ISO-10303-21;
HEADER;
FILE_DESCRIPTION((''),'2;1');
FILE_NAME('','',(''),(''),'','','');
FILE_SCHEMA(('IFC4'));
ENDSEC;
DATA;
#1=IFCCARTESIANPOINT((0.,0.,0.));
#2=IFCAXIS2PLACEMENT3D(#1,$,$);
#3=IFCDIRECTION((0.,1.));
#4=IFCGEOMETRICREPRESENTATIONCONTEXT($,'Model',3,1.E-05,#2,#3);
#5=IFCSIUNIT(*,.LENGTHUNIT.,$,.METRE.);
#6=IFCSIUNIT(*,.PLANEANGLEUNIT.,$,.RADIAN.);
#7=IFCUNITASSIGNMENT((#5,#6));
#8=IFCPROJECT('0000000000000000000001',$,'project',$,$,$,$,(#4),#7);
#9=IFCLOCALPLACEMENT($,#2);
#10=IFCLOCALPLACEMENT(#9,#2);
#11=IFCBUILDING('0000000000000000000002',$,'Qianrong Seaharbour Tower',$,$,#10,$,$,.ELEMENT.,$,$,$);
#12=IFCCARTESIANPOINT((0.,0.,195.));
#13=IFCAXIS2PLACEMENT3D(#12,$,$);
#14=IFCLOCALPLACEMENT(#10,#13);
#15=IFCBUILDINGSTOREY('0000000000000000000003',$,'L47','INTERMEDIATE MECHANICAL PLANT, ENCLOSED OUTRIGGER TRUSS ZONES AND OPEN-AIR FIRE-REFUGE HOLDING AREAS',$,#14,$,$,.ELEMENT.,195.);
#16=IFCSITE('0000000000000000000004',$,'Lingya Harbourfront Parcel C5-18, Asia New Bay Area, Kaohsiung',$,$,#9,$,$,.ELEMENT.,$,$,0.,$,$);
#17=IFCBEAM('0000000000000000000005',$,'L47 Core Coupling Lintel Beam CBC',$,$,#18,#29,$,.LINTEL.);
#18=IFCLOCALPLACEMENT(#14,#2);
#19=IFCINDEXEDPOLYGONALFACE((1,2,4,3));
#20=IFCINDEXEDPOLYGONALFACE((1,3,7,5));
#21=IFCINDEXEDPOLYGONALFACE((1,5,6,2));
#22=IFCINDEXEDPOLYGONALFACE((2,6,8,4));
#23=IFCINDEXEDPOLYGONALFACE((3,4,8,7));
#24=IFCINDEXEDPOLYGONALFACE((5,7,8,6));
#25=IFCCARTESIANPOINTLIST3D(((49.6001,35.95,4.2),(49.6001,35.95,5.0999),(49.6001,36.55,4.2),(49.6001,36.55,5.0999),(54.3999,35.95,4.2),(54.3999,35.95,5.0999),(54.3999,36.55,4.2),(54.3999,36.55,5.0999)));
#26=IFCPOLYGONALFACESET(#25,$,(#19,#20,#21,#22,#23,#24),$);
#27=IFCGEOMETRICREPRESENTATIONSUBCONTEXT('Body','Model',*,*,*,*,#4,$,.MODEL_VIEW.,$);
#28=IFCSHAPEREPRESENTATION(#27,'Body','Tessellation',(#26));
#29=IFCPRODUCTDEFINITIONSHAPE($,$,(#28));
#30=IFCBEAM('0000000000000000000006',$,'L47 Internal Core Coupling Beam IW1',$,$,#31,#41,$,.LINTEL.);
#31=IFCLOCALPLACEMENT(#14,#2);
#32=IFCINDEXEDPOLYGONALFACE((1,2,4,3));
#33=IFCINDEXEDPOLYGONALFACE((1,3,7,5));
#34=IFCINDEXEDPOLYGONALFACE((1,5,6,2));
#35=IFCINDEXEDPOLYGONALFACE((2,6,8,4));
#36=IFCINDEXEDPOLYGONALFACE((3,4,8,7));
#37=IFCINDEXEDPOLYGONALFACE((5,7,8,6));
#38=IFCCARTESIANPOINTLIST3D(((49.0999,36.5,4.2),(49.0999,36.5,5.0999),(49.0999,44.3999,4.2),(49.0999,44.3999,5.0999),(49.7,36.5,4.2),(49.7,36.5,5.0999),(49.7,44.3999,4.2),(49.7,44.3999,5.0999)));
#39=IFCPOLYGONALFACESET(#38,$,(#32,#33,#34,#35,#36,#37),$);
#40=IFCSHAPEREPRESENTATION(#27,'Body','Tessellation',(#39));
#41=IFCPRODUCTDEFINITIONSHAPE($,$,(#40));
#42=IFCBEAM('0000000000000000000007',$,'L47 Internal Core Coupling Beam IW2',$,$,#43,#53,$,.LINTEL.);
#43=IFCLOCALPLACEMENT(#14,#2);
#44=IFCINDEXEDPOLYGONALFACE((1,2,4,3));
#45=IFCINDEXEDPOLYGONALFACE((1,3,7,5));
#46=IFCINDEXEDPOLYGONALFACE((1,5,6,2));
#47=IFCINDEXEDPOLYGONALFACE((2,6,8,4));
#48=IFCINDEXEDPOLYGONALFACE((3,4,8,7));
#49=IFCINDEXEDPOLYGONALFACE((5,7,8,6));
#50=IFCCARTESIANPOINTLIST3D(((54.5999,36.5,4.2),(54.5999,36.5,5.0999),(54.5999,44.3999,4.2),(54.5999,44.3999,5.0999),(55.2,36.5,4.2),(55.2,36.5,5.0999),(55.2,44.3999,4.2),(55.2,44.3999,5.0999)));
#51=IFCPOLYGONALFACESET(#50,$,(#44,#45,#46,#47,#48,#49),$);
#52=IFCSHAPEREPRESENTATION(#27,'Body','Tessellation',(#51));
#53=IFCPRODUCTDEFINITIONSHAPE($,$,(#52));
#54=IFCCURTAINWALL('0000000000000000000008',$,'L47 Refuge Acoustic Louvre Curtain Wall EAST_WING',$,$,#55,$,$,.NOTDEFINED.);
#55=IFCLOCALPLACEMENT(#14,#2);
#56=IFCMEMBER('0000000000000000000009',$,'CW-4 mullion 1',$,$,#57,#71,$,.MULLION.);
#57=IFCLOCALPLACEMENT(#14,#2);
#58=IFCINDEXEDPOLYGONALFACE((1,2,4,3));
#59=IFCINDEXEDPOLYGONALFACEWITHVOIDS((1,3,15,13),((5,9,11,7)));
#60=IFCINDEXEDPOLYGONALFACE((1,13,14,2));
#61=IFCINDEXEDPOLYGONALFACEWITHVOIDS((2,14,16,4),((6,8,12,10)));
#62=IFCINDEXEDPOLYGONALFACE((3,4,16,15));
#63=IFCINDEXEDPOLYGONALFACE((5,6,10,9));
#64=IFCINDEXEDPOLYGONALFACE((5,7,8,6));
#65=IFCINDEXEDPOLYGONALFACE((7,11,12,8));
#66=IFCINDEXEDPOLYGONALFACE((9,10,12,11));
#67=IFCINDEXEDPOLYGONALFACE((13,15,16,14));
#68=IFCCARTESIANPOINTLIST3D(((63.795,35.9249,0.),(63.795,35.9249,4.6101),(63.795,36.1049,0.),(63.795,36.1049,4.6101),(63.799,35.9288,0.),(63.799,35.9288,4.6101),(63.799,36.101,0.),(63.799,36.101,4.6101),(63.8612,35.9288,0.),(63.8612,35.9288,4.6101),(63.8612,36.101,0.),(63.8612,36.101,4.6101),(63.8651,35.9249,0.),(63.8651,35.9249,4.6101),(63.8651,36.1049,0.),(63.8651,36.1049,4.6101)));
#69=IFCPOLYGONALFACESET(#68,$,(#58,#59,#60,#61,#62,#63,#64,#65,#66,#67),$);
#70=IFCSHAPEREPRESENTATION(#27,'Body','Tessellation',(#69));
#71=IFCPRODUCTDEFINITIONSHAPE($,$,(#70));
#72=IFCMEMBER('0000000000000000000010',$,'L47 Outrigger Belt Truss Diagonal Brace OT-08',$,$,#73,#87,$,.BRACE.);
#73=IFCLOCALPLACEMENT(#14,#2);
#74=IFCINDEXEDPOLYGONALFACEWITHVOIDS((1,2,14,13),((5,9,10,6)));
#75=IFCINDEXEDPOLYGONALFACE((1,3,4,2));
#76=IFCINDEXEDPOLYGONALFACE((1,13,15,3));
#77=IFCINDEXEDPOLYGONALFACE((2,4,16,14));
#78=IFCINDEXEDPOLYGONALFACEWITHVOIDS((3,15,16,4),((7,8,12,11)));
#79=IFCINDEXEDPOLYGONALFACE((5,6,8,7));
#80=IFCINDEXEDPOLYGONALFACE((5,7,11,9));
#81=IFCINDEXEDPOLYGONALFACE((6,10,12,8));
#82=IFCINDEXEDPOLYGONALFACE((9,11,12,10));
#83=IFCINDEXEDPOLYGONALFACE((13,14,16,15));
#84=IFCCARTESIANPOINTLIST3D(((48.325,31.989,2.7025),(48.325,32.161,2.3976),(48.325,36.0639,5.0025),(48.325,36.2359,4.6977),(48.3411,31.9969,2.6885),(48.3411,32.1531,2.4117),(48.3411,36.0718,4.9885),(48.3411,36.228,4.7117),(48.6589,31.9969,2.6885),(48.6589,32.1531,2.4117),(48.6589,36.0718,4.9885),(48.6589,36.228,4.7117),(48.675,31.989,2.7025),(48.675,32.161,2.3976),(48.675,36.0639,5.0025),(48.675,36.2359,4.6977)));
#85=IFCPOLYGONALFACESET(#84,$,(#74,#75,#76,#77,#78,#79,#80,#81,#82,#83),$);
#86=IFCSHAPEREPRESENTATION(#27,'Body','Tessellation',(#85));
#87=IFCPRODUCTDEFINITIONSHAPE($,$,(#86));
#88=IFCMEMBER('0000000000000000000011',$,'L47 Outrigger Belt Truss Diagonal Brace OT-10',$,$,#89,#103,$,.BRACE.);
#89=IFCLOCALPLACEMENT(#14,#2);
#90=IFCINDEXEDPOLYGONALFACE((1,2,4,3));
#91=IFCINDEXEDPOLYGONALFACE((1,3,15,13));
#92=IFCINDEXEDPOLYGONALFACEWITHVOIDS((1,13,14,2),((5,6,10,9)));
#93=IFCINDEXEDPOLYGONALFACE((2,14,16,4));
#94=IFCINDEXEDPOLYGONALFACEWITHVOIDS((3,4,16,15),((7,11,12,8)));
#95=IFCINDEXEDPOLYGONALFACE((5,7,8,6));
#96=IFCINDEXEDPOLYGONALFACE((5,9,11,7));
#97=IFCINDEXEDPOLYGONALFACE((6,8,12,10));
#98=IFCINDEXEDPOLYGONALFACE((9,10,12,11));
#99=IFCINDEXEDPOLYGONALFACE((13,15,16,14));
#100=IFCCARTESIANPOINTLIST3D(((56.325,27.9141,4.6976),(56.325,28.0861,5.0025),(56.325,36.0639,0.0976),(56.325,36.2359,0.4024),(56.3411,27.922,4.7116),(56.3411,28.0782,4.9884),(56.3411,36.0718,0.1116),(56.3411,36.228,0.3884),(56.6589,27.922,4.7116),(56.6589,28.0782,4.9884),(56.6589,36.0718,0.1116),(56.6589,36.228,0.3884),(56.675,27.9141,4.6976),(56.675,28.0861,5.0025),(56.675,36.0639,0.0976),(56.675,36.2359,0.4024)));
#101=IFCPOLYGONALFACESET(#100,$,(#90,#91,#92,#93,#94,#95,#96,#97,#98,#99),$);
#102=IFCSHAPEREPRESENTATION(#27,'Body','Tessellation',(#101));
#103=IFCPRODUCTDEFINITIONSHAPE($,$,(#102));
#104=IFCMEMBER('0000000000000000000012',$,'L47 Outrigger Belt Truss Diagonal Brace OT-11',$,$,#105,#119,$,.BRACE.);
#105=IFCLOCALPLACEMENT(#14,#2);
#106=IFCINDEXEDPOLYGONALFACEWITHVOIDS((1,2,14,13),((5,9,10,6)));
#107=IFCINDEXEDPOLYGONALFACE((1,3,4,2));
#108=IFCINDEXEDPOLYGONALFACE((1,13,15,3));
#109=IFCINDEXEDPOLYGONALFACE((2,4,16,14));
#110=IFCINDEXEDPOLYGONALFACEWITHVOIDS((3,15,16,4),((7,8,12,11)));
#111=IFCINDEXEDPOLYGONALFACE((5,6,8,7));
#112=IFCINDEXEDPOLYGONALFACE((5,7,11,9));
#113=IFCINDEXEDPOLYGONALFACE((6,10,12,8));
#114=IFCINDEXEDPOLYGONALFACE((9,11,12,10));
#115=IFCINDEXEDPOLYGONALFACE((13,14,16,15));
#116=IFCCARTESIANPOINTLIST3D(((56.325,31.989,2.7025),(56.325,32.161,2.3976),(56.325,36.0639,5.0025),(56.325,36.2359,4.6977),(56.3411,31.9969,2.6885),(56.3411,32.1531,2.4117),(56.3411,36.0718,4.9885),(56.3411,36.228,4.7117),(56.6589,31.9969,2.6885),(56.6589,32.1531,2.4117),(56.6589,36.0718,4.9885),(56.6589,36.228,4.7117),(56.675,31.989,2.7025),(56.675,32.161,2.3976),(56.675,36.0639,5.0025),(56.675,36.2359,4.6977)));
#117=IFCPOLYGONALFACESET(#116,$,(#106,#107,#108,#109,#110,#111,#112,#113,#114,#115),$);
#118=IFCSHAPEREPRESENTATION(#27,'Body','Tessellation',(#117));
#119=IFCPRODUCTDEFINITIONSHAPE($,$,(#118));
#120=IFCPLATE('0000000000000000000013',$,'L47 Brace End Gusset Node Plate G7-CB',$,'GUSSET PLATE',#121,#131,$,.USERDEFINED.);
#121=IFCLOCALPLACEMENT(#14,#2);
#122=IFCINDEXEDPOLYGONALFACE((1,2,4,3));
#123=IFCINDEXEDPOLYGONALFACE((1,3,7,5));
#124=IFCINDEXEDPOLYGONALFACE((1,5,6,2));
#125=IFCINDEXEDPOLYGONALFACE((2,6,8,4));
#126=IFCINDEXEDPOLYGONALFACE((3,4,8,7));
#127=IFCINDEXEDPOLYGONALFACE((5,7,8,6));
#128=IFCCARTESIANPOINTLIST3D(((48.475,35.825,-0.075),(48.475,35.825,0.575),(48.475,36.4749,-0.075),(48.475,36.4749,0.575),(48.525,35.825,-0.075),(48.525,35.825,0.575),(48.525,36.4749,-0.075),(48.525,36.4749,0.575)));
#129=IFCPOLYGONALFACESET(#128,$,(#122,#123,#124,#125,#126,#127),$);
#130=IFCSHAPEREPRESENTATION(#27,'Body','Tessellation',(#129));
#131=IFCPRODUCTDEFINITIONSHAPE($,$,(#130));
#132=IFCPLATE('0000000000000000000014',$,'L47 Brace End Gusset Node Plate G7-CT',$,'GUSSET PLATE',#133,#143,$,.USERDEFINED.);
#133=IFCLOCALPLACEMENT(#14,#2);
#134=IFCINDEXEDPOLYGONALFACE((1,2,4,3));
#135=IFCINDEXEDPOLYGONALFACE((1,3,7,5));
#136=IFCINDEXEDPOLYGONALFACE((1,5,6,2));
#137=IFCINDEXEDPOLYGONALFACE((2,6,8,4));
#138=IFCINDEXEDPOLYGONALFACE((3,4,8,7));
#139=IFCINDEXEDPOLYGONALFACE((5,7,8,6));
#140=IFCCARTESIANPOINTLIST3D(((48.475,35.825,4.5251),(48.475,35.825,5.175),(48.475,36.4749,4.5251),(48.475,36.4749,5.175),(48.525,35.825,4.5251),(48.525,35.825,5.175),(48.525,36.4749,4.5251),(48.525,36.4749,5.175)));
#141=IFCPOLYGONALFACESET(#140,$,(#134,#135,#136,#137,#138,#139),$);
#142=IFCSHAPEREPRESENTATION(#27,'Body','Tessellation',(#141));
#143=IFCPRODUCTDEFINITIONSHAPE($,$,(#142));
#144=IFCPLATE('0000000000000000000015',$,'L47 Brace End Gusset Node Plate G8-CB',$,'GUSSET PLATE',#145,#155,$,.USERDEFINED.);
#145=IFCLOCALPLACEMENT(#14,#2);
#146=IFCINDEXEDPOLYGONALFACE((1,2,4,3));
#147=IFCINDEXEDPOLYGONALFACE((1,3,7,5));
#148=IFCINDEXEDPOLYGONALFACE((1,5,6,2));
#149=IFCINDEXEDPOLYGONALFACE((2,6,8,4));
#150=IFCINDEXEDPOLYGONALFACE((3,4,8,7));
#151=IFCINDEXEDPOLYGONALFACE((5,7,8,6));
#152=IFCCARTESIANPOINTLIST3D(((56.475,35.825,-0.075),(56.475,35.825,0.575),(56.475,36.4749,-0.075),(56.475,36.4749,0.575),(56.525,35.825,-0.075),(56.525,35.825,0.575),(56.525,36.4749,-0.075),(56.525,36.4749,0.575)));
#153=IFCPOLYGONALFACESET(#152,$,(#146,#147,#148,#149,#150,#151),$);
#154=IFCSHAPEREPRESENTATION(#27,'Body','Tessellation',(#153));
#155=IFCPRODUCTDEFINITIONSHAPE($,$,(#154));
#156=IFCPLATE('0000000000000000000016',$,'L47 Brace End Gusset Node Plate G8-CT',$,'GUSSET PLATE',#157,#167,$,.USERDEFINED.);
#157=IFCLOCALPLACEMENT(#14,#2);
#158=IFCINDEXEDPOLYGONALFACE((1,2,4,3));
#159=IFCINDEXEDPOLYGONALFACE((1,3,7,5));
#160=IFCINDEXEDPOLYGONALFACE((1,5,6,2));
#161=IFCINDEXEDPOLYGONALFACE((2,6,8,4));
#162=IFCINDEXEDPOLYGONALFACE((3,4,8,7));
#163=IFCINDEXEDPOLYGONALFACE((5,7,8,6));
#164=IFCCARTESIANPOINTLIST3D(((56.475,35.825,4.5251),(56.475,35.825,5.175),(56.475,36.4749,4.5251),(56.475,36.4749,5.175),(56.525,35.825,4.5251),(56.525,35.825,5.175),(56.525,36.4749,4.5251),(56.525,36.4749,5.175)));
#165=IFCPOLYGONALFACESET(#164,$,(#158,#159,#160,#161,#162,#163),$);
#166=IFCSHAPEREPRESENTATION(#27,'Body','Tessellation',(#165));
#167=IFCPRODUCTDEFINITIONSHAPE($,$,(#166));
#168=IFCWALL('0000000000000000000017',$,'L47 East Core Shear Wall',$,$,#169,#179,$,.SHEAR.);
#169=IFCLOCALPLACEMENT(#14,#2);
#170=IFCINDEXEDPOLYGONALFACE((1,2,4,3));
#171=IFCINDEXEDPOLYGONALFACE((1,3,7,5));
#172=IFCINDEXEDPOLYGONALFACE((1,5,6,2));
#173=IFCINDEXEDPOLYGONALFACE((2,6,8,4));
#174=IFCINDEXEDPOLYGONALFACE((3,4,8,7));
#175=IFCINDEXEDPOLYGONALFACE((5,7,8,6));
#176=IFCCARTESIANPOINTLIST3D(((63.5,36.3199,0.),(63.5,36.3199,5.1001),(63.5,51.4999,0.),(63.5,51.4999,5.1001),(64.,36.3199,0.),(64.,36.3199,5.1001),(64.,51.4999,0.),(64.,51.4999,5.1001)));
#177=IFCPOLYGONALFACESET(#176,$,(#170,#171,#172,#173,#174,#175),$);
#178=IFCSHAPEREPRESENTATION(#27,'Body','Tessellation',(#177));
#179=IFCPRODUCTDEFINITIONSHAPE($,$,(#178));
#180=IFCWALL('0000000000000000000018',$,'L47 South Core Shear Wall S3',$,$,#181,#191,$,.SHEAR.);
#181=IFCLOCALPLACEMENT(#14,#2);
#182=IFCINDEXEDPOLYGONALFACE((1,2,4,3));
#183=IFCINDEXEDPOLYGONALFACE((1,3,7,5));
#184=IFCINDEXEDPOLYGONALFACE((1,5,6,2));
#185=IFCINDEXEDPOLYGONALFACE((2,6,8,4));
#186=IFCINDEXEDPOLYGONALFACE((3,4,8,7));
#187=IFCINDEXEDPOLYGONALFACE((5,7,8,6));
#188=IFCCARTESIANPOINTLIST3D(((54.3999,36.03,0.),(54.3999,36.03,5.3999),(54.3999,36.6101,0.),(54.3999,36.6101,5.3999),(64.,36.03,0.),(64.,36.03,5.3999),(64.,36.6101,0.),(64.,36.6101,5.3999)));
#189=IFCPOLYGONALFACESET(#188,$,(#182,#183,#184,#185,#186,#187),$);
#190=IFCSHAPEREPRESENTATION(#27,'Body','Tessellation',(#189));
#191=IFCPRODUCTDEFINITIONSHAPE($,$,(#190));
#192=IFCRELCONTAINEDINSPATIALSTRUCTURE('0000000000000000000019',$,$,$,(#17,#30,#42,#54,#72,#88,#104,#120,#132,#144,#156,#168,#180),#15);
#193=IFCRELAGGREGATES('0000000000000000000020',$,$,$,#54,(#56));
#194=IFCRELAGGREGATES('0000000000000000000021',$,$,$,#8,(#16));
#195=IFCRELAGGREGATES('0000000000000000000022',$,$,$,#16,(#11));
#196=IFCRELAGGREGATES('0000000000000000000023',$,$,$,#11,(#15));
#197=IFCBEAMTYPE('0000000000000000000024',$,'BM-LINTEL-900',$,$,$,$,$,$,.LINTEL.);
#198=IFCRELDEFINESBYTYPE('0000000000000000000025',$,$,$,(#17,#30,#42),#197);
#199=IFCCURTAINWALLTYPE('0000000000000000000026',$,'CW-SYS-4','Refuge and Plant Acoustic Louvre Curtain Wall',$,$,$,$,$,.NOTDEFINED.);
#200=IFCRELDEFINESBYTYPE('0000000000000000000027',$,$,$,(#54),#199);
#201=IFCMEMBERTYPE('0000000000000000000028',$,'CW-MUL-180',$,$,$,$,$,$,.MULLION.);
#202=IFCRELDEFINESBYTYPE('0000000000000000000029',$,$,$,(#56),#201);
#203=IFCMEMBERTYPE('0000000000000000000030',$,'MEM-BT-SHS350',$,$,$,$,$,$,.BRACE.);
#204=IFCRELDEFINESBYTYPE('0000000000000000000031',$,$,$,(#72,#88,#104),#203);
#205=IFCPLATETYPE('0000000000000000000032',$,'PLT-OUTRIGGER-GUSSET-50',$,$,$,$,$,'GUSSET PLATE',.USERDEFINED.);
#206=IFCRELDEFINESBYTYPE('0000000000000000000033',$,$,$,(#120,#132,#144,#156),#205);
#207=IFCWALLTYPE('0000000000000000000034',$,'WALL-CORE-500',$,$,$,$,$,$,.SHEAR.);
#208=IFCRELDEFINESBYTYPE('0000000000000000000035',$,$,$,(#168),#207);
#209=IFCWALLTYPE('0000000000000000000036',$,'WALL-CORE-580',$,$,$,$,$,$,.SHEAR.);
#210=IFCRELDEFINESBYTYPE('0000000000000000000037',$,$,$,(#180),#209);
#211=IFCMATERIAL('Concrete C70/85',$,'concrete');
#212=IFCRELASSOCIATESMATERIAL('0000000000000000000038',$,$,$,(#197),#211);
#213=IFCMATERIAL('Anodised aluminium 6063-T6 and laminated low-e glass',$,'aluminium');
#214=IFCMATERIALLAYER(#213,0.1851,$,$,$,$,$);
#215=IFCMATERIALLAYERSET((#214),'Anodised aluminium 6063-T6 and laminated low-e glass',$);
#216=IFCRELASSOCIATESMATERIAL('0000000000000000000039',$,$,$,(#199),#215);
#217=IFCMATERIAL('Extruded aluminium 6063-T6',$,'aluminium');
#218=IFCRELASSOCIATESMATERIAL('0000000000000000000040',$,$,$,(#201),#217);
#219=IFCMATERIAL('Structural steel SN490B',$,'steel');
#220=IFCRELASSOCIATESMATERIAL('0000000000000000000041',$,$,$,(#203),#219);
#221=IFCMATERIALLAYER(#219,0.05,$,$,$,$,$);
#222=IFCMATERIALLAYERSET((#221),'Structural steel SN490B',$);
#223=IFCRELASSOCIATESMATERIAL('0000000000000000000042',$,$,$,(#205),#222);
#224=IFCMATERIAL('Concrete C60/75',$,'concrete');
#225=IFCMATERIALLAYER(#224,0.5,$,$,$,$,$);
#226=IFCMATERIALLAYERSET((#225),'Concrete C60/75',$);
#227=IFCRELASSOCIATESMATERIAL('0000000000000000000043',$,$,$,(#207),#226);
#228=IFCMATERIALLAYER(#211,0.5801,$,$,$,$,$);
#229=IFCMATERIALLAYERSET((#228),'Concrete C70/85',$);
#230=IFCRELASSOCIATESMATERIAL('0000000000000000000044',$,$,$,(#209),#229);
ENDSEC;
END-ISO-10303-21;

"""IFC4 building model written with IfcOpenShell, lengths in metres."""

from ifc_helpers import new_model, si_unit, direction, frame, frame_2d, origin, origin_2d, place, context, subcontext, project, spatial, rectangle, hollow_rectangle, extrude, material, layer, layer_set, material_profile, profile_set, type_object, element, aggregate, save


model = new_model("IFC4")

# Units and contexts
model_context = context("Model", 3, precision=1e-05, world=origin(), true_north=direction((0.0, 1.0)))
body_context = subcontext(model_context, "Body", "Model", "MODEL_VIEW")
ifc_project = project(units=[si_unit("LENGTHUNIT", "METRE"), si_unit("PLANEANGLEUNIT", "RADIAN")], contexts=[model_context])

# Site, building, storey
site_placement = place(None, origin())
site = spatial("IfcSite", under=ifc_project, at=site_placement, Name="Lingya Harbourfront Parcel C5-18, Asia New Bay Area, Kaohsiung", CompositionType="ELEMENT", RefElevation=0.0)
building_placement = place(site_placement, origin())
building = spatial("IfcBuilding", under=site, at=building_placement, Name="Qianrong Seaharbour Tower", CompositionType="ELEMENT")
storey_placement = place(building_placement, frame((0.0, 0.0, 195.0)))
storey = spatial("IfcBuildingStorey", under=building, at=storey_placement, Name="L47", Description="INTERMEDIATE MECHANICAL PLANT, ENCLOSED OUTRIGGER TRUSS ZONES AND OPEN-AIR FIRE-REFUGE HOLDING AREAS", CompositionType="ELEMENT", Elevation=195.0)

# Beams
ifc_material_1 = material(Name="Concrete C70/85", Category="concrete")
ifc_material_profile_1 = material_profile(ifc_material_1, rectangle(XDim=0.6001, YDim=0.8999, at=origin_2d()), Name="RC600x900")
ifc_profile_set_1 = profile_set([ifc_material_profile_1], Name="Concrete C70/85")
beam_type = type_object("IfcBeamType", Name="BM-LINTEL-900", PredefinedType="LINTEL", material=ifc_profile_set_1)
beam_placement = place(storey_placement, frame((49.6001, 36.25, 4.6499), z_axis=(1.0, 0.0, 0.0), x_axis=(0.0, 1.0, 0.0)))
element("IfcBeam", 1, at=beam_placement, inside=storey, type_object=beam_type, Name="L47 Core Coupling Lintel Beam CBC", PredefinedType="LINTEL", context=body_context, shape_type="SweptSolid", body=[
    extrude(rectangle(XDim=0.6001, YDim=0.8999, at=origin_2d()), origin(), (0.0, 0.0, 1.0), 4.7998),
])
for number, where, z_axis, x_axis, name in (
    (2, (49.3999, 36.5, 4.6499), (0.0, 1.0, 0.0), (-1.0, 0.0, 0.0), "L47 Internal Core Coupling Beam IW1"),
    (3, (54.8999, 36.5, 4.6499), (0.0, 1.0, 0.0), (-1.0, 0.0, 0.0), "L47 Internal Core Coupling Beam IW2"),
):
    element("IfcBeam", number, at=place(storey_placement, frame(where, z_axis=z_axis, x_axis=x_axis)), inside=storey, type_object=beam_type, Name=name, PredefinedType="LINTEL", context=body_context, shape_type="SweptSolid", body=[
        extrude(rectangle(XDim=0.6001, YDim=0.8999, at=origin_2d()), origin(), (0.0, 0.0, 1.0), 7.8999),
    ])

# Curtain wall, member
ifc_material_2 = material(Name="Anodised aluminium 6063-T6 and laminated low-e glass", Category="aluminium")
ifc_layer_1 = layer(ifc_material_2, 0.1851)
ifc_layer_set_1 = layer_set([ifc_layer_1], Name="Anodised aluminium 6063-T6 and laminated low-e glass")
curtain_wall_type = type_object("IfcCurtainWallType", Name="CW-SYS-4", Description="Refuge and Plant Acoustic Louvre Curtain Wall", PredefinedType="NOTDEFINED", material=ifc_layer_set_1)
curtain_wall_placement = place(storey_placement, origin())
curtain_wall = element("IfcCurtainWall", 4, at=curtain_wall_placement, inside=storey, type_object=curtain_wall_type, Name="L47 Refuge Acoustic Louvre Curtain Wall EAST_WING", PredefinedType="NOTDEFINED")
ifc_material_3 = material(Name="Extruded aluminium 6063-T6", Category="aluminium")
ifc_material_profile_2 = material_profile(ifc_material_3, hollow_rectangle(XDim=0.0701, YDim=0.1799, WallThickness=0.0039, at=origin_2d()), Name="ALU-MUL-180x70x4")
ifc_profile_set_2 = profile_set([ifc_material_profile_2], Name="Extruded aluminium 6063-T6")
member_type_1 = type_object("IfcMemberType", Name="CW-MUL-180", PredefinedType="MULLION", material=ifc_profile_set_2)
member_1_placement = place(storey_placement, frame((63.8301, 36.0149, 0.0), z_axis=(0.0, 0.0, 1.0), x_axis=(1.0, 0.0, 0.0)))
member_1 = element("IfcMember", 5, at=member_1_placement, type_object=member_type_1, Name="CW-4 mullion 1", PredefinedType="MULLION", context=body_context, shape_type="SweptSolid", body=[
    extrude(hollow_rectangle(XDim=0.0701, YDim=0.1799, WallThickness=0.0039, at=origin_2d()), origin(), (0.0, 0.0, 1.0), 4.6101),
])
aggregate(curtain_wall, [member_1])

# Members
ifc_material_4 = material(Name="Structural steel SN490B", Category="steel")
ifc_material_profile_3 = material_profile(ifc_material_4, hollow_rectangle(XDim=0.3501, YDim=0.3501, WallThickness=0.0161, at=origin_2d()), Name="SHS350x350x16")
ifc_profile_set_3 = profile_set([ifc_material_profile_3], Name="Structural steel SN490B")
member_type_2 = type_object("IfcMemberType", Name="MEM-BT-SHS350", PredefinedType="BRACE", material=ifc_profile_set_3)
member_2_placement = place(storey_placement, frame((48.5, 36.1499, 4.8501), z_axis=(0.0, -0.870854, -0.491541), x_axis=(1.0, 0.0, 0.0)))
element("IfcMember", 6, at=member_2_placement, inside=storey, type_object=member_type_2, Name="L47 Outrigger Belt Truss Diagonal Brace OT-08", PredefinedType="BRACE", context=body_context, shape_type="SweptSolid", body=[
    extrude(hollow_rectangle(XDim=0.3501, YDim=0.3501, WallThickness=0.0161, at=origin_2d()), origin(), (0.0, 0.0, 1.0), 4.6792),
])
member_3_placement = place(storey_placement, frame((56.5, 36.1499, 0.25), z_axis=(0.0, -0.870854, 0.491541), x_axis=(1.0, 0.0, 0.0)))
element("IfcMember", 7, at=member_3_placement, inside=storey, type_object=member_type_2, Name="L47 Outrigger Belt Truss Diagonal Brace OT-10", PredefinedType="BRACE", context=body_context, shape_type="SweptSolid", body=[
    extrude(hollow_rectangle(XDim=0.3501, YDim=0.3501, WallThickness=0.0161, at=origin_2d()), origin(), (0.0, 0.0, 1.0), 9.3584),
])
member_4_placement = place(storey_placement, frame((56.5, 36.1499, 4.8501), z_axis=(0.0, -0.870854, -0.491541), x_axis=(1.0, 0.0, 0.0)))
element("IfcMember", 8, at=member_4_placement, inside=storey, type_object=member_type_2, Name="L47 Outrigger Belt Truss Diagonal Brace OT-11", PredefinedType="BRACE", context=body_context, shape_type="SweptSolid", body=[
    extrude(hollow_rectangle(XDim=0.3501, YDim=0.3501, WallThickness=0.0161, at=origin_2d()), origin(), (0.0, 0.0, 1.0), 4.6792),
])

# Plates
ifc_layer_2 = layer(ifc_material_4, 0.05)
ifc_layer_set_2 = layer_set([ifc_layer_2], Name="Structural steel SN490B")
plate_type = type_object("IfcPlateType", Name="PLT-OUTRIGGER-GUSSET-50", ElementType="GUSSET PLATE", PredefinedType="USERDEFINED", material=ifc_layer_set_2)
for number, where, z_axis, x_axis, name in (
    (9, (48.5, 36.1499, -0.075), (0.0, 0.0, 1.0), (1.0, 0.0, 0.0), "L47 Brace End Gusset Node Plate G7-CB"),
    (10, (48.5, 36.1499, 4.5251), (0.0, 0.0, 1.0), (1.0, 0.0, 0.0), "L47 Brace End Gusset Node Plate G7-CT"),
    (11, (56.5, 36.1499, -0.075), (0.0, 0.0, 1.0), (1.0, 0.0, 0.0), "L47 Brace End Gusset Node Plate G8-CB"),
    (12, (56.5, 36.1499, 4.5251), (0.0, 0.0, 1.0), (1.0, 0.0, 0.0), "L47 Brace End Gusset Node Plate G8-CT"),
):
    element("IfcPlate", number, at=place(storey_placement, frame(where, z_axis=z_axis, x_axis=x_axis)), inside=storey, type_object=plate_type, Name=name, ObjectType="GUSSET PLATE", PredefinedType="USERDEFINED", context=body_context, shape_type="SweptSolid", body=[
        extrude(rectangle(XDim=0.05, YDim=0.6499, at=origin_2d()), origin(), (0.0, 0.0, 1.0), 0.6499),
    ])

# Walls
ifc_material_5 = material(Name="Concrete C60/75", Category="concrete")
ifc_layer_3 = layer(ifc_material_5, 0.5)
ifc_layer_set_3 = layer_set([ifc_layer_3], Name="Concrete C60/75")
wall_type_1 = type_object("IfcWallType", Name="WALL-CORE-500", PredefinedType="SHEAR", material=ifc_layer_set_3)
wall_1_placement = place(storey_placement, frame((63.75, 36.3201, 0.0), z_axis=(0.0, 0.0, 1.0), x_axis=(0.0, 1.0, 0.0)))
element("IfcWall", 13, at=wall_1_placement, inside=storey, type_object=wall_type_1, Name="L47 East Core Shear Wall", PredefinedType="SHEAR", context=body_context, shape_type="SweptSolid", body=[
    extrude(rectangle(XDim=15.1799, YDim=0.5, at=frame_2d((7.5898, 0.0))), origin(), (0.0, 0.0, 1.0), 5.1001),
])
ifc_layer_4 = layer(ifc_material_1, 0.5801)
ifc_layer_set_4 = layer_set([ifc_layer_4], Name="Concrete C70/85")
wall_type_2 = type_object("IfcWallType", Name="WALL-CORE-580", PredefinedType="SHEAR", material=ifc_layer_set_4)
wall_2_placement = place(storey_placement, frame((54.3999, 36.3201, 0.0), z_axis=(0.0, 0.0, 1.0), x_axis=(1.0, 0.0, 0.0)))
element("IfcWall", 14, at=wall_2_placement, inside=storey, type_object=wall_type_2, Name="L47 South Core Shear Wall S3", PredefinedType="SHEAR", context=body_context, shape_type="SweptSolid", body=[
    extrude(rectangle(XDim=9.6001, YDim=0.5801, at=frame_2d((4.8, 0.0))), origin(), (0.0, 0.0, 1.0), 5.3999),
])

save(model, "model.ifc")
